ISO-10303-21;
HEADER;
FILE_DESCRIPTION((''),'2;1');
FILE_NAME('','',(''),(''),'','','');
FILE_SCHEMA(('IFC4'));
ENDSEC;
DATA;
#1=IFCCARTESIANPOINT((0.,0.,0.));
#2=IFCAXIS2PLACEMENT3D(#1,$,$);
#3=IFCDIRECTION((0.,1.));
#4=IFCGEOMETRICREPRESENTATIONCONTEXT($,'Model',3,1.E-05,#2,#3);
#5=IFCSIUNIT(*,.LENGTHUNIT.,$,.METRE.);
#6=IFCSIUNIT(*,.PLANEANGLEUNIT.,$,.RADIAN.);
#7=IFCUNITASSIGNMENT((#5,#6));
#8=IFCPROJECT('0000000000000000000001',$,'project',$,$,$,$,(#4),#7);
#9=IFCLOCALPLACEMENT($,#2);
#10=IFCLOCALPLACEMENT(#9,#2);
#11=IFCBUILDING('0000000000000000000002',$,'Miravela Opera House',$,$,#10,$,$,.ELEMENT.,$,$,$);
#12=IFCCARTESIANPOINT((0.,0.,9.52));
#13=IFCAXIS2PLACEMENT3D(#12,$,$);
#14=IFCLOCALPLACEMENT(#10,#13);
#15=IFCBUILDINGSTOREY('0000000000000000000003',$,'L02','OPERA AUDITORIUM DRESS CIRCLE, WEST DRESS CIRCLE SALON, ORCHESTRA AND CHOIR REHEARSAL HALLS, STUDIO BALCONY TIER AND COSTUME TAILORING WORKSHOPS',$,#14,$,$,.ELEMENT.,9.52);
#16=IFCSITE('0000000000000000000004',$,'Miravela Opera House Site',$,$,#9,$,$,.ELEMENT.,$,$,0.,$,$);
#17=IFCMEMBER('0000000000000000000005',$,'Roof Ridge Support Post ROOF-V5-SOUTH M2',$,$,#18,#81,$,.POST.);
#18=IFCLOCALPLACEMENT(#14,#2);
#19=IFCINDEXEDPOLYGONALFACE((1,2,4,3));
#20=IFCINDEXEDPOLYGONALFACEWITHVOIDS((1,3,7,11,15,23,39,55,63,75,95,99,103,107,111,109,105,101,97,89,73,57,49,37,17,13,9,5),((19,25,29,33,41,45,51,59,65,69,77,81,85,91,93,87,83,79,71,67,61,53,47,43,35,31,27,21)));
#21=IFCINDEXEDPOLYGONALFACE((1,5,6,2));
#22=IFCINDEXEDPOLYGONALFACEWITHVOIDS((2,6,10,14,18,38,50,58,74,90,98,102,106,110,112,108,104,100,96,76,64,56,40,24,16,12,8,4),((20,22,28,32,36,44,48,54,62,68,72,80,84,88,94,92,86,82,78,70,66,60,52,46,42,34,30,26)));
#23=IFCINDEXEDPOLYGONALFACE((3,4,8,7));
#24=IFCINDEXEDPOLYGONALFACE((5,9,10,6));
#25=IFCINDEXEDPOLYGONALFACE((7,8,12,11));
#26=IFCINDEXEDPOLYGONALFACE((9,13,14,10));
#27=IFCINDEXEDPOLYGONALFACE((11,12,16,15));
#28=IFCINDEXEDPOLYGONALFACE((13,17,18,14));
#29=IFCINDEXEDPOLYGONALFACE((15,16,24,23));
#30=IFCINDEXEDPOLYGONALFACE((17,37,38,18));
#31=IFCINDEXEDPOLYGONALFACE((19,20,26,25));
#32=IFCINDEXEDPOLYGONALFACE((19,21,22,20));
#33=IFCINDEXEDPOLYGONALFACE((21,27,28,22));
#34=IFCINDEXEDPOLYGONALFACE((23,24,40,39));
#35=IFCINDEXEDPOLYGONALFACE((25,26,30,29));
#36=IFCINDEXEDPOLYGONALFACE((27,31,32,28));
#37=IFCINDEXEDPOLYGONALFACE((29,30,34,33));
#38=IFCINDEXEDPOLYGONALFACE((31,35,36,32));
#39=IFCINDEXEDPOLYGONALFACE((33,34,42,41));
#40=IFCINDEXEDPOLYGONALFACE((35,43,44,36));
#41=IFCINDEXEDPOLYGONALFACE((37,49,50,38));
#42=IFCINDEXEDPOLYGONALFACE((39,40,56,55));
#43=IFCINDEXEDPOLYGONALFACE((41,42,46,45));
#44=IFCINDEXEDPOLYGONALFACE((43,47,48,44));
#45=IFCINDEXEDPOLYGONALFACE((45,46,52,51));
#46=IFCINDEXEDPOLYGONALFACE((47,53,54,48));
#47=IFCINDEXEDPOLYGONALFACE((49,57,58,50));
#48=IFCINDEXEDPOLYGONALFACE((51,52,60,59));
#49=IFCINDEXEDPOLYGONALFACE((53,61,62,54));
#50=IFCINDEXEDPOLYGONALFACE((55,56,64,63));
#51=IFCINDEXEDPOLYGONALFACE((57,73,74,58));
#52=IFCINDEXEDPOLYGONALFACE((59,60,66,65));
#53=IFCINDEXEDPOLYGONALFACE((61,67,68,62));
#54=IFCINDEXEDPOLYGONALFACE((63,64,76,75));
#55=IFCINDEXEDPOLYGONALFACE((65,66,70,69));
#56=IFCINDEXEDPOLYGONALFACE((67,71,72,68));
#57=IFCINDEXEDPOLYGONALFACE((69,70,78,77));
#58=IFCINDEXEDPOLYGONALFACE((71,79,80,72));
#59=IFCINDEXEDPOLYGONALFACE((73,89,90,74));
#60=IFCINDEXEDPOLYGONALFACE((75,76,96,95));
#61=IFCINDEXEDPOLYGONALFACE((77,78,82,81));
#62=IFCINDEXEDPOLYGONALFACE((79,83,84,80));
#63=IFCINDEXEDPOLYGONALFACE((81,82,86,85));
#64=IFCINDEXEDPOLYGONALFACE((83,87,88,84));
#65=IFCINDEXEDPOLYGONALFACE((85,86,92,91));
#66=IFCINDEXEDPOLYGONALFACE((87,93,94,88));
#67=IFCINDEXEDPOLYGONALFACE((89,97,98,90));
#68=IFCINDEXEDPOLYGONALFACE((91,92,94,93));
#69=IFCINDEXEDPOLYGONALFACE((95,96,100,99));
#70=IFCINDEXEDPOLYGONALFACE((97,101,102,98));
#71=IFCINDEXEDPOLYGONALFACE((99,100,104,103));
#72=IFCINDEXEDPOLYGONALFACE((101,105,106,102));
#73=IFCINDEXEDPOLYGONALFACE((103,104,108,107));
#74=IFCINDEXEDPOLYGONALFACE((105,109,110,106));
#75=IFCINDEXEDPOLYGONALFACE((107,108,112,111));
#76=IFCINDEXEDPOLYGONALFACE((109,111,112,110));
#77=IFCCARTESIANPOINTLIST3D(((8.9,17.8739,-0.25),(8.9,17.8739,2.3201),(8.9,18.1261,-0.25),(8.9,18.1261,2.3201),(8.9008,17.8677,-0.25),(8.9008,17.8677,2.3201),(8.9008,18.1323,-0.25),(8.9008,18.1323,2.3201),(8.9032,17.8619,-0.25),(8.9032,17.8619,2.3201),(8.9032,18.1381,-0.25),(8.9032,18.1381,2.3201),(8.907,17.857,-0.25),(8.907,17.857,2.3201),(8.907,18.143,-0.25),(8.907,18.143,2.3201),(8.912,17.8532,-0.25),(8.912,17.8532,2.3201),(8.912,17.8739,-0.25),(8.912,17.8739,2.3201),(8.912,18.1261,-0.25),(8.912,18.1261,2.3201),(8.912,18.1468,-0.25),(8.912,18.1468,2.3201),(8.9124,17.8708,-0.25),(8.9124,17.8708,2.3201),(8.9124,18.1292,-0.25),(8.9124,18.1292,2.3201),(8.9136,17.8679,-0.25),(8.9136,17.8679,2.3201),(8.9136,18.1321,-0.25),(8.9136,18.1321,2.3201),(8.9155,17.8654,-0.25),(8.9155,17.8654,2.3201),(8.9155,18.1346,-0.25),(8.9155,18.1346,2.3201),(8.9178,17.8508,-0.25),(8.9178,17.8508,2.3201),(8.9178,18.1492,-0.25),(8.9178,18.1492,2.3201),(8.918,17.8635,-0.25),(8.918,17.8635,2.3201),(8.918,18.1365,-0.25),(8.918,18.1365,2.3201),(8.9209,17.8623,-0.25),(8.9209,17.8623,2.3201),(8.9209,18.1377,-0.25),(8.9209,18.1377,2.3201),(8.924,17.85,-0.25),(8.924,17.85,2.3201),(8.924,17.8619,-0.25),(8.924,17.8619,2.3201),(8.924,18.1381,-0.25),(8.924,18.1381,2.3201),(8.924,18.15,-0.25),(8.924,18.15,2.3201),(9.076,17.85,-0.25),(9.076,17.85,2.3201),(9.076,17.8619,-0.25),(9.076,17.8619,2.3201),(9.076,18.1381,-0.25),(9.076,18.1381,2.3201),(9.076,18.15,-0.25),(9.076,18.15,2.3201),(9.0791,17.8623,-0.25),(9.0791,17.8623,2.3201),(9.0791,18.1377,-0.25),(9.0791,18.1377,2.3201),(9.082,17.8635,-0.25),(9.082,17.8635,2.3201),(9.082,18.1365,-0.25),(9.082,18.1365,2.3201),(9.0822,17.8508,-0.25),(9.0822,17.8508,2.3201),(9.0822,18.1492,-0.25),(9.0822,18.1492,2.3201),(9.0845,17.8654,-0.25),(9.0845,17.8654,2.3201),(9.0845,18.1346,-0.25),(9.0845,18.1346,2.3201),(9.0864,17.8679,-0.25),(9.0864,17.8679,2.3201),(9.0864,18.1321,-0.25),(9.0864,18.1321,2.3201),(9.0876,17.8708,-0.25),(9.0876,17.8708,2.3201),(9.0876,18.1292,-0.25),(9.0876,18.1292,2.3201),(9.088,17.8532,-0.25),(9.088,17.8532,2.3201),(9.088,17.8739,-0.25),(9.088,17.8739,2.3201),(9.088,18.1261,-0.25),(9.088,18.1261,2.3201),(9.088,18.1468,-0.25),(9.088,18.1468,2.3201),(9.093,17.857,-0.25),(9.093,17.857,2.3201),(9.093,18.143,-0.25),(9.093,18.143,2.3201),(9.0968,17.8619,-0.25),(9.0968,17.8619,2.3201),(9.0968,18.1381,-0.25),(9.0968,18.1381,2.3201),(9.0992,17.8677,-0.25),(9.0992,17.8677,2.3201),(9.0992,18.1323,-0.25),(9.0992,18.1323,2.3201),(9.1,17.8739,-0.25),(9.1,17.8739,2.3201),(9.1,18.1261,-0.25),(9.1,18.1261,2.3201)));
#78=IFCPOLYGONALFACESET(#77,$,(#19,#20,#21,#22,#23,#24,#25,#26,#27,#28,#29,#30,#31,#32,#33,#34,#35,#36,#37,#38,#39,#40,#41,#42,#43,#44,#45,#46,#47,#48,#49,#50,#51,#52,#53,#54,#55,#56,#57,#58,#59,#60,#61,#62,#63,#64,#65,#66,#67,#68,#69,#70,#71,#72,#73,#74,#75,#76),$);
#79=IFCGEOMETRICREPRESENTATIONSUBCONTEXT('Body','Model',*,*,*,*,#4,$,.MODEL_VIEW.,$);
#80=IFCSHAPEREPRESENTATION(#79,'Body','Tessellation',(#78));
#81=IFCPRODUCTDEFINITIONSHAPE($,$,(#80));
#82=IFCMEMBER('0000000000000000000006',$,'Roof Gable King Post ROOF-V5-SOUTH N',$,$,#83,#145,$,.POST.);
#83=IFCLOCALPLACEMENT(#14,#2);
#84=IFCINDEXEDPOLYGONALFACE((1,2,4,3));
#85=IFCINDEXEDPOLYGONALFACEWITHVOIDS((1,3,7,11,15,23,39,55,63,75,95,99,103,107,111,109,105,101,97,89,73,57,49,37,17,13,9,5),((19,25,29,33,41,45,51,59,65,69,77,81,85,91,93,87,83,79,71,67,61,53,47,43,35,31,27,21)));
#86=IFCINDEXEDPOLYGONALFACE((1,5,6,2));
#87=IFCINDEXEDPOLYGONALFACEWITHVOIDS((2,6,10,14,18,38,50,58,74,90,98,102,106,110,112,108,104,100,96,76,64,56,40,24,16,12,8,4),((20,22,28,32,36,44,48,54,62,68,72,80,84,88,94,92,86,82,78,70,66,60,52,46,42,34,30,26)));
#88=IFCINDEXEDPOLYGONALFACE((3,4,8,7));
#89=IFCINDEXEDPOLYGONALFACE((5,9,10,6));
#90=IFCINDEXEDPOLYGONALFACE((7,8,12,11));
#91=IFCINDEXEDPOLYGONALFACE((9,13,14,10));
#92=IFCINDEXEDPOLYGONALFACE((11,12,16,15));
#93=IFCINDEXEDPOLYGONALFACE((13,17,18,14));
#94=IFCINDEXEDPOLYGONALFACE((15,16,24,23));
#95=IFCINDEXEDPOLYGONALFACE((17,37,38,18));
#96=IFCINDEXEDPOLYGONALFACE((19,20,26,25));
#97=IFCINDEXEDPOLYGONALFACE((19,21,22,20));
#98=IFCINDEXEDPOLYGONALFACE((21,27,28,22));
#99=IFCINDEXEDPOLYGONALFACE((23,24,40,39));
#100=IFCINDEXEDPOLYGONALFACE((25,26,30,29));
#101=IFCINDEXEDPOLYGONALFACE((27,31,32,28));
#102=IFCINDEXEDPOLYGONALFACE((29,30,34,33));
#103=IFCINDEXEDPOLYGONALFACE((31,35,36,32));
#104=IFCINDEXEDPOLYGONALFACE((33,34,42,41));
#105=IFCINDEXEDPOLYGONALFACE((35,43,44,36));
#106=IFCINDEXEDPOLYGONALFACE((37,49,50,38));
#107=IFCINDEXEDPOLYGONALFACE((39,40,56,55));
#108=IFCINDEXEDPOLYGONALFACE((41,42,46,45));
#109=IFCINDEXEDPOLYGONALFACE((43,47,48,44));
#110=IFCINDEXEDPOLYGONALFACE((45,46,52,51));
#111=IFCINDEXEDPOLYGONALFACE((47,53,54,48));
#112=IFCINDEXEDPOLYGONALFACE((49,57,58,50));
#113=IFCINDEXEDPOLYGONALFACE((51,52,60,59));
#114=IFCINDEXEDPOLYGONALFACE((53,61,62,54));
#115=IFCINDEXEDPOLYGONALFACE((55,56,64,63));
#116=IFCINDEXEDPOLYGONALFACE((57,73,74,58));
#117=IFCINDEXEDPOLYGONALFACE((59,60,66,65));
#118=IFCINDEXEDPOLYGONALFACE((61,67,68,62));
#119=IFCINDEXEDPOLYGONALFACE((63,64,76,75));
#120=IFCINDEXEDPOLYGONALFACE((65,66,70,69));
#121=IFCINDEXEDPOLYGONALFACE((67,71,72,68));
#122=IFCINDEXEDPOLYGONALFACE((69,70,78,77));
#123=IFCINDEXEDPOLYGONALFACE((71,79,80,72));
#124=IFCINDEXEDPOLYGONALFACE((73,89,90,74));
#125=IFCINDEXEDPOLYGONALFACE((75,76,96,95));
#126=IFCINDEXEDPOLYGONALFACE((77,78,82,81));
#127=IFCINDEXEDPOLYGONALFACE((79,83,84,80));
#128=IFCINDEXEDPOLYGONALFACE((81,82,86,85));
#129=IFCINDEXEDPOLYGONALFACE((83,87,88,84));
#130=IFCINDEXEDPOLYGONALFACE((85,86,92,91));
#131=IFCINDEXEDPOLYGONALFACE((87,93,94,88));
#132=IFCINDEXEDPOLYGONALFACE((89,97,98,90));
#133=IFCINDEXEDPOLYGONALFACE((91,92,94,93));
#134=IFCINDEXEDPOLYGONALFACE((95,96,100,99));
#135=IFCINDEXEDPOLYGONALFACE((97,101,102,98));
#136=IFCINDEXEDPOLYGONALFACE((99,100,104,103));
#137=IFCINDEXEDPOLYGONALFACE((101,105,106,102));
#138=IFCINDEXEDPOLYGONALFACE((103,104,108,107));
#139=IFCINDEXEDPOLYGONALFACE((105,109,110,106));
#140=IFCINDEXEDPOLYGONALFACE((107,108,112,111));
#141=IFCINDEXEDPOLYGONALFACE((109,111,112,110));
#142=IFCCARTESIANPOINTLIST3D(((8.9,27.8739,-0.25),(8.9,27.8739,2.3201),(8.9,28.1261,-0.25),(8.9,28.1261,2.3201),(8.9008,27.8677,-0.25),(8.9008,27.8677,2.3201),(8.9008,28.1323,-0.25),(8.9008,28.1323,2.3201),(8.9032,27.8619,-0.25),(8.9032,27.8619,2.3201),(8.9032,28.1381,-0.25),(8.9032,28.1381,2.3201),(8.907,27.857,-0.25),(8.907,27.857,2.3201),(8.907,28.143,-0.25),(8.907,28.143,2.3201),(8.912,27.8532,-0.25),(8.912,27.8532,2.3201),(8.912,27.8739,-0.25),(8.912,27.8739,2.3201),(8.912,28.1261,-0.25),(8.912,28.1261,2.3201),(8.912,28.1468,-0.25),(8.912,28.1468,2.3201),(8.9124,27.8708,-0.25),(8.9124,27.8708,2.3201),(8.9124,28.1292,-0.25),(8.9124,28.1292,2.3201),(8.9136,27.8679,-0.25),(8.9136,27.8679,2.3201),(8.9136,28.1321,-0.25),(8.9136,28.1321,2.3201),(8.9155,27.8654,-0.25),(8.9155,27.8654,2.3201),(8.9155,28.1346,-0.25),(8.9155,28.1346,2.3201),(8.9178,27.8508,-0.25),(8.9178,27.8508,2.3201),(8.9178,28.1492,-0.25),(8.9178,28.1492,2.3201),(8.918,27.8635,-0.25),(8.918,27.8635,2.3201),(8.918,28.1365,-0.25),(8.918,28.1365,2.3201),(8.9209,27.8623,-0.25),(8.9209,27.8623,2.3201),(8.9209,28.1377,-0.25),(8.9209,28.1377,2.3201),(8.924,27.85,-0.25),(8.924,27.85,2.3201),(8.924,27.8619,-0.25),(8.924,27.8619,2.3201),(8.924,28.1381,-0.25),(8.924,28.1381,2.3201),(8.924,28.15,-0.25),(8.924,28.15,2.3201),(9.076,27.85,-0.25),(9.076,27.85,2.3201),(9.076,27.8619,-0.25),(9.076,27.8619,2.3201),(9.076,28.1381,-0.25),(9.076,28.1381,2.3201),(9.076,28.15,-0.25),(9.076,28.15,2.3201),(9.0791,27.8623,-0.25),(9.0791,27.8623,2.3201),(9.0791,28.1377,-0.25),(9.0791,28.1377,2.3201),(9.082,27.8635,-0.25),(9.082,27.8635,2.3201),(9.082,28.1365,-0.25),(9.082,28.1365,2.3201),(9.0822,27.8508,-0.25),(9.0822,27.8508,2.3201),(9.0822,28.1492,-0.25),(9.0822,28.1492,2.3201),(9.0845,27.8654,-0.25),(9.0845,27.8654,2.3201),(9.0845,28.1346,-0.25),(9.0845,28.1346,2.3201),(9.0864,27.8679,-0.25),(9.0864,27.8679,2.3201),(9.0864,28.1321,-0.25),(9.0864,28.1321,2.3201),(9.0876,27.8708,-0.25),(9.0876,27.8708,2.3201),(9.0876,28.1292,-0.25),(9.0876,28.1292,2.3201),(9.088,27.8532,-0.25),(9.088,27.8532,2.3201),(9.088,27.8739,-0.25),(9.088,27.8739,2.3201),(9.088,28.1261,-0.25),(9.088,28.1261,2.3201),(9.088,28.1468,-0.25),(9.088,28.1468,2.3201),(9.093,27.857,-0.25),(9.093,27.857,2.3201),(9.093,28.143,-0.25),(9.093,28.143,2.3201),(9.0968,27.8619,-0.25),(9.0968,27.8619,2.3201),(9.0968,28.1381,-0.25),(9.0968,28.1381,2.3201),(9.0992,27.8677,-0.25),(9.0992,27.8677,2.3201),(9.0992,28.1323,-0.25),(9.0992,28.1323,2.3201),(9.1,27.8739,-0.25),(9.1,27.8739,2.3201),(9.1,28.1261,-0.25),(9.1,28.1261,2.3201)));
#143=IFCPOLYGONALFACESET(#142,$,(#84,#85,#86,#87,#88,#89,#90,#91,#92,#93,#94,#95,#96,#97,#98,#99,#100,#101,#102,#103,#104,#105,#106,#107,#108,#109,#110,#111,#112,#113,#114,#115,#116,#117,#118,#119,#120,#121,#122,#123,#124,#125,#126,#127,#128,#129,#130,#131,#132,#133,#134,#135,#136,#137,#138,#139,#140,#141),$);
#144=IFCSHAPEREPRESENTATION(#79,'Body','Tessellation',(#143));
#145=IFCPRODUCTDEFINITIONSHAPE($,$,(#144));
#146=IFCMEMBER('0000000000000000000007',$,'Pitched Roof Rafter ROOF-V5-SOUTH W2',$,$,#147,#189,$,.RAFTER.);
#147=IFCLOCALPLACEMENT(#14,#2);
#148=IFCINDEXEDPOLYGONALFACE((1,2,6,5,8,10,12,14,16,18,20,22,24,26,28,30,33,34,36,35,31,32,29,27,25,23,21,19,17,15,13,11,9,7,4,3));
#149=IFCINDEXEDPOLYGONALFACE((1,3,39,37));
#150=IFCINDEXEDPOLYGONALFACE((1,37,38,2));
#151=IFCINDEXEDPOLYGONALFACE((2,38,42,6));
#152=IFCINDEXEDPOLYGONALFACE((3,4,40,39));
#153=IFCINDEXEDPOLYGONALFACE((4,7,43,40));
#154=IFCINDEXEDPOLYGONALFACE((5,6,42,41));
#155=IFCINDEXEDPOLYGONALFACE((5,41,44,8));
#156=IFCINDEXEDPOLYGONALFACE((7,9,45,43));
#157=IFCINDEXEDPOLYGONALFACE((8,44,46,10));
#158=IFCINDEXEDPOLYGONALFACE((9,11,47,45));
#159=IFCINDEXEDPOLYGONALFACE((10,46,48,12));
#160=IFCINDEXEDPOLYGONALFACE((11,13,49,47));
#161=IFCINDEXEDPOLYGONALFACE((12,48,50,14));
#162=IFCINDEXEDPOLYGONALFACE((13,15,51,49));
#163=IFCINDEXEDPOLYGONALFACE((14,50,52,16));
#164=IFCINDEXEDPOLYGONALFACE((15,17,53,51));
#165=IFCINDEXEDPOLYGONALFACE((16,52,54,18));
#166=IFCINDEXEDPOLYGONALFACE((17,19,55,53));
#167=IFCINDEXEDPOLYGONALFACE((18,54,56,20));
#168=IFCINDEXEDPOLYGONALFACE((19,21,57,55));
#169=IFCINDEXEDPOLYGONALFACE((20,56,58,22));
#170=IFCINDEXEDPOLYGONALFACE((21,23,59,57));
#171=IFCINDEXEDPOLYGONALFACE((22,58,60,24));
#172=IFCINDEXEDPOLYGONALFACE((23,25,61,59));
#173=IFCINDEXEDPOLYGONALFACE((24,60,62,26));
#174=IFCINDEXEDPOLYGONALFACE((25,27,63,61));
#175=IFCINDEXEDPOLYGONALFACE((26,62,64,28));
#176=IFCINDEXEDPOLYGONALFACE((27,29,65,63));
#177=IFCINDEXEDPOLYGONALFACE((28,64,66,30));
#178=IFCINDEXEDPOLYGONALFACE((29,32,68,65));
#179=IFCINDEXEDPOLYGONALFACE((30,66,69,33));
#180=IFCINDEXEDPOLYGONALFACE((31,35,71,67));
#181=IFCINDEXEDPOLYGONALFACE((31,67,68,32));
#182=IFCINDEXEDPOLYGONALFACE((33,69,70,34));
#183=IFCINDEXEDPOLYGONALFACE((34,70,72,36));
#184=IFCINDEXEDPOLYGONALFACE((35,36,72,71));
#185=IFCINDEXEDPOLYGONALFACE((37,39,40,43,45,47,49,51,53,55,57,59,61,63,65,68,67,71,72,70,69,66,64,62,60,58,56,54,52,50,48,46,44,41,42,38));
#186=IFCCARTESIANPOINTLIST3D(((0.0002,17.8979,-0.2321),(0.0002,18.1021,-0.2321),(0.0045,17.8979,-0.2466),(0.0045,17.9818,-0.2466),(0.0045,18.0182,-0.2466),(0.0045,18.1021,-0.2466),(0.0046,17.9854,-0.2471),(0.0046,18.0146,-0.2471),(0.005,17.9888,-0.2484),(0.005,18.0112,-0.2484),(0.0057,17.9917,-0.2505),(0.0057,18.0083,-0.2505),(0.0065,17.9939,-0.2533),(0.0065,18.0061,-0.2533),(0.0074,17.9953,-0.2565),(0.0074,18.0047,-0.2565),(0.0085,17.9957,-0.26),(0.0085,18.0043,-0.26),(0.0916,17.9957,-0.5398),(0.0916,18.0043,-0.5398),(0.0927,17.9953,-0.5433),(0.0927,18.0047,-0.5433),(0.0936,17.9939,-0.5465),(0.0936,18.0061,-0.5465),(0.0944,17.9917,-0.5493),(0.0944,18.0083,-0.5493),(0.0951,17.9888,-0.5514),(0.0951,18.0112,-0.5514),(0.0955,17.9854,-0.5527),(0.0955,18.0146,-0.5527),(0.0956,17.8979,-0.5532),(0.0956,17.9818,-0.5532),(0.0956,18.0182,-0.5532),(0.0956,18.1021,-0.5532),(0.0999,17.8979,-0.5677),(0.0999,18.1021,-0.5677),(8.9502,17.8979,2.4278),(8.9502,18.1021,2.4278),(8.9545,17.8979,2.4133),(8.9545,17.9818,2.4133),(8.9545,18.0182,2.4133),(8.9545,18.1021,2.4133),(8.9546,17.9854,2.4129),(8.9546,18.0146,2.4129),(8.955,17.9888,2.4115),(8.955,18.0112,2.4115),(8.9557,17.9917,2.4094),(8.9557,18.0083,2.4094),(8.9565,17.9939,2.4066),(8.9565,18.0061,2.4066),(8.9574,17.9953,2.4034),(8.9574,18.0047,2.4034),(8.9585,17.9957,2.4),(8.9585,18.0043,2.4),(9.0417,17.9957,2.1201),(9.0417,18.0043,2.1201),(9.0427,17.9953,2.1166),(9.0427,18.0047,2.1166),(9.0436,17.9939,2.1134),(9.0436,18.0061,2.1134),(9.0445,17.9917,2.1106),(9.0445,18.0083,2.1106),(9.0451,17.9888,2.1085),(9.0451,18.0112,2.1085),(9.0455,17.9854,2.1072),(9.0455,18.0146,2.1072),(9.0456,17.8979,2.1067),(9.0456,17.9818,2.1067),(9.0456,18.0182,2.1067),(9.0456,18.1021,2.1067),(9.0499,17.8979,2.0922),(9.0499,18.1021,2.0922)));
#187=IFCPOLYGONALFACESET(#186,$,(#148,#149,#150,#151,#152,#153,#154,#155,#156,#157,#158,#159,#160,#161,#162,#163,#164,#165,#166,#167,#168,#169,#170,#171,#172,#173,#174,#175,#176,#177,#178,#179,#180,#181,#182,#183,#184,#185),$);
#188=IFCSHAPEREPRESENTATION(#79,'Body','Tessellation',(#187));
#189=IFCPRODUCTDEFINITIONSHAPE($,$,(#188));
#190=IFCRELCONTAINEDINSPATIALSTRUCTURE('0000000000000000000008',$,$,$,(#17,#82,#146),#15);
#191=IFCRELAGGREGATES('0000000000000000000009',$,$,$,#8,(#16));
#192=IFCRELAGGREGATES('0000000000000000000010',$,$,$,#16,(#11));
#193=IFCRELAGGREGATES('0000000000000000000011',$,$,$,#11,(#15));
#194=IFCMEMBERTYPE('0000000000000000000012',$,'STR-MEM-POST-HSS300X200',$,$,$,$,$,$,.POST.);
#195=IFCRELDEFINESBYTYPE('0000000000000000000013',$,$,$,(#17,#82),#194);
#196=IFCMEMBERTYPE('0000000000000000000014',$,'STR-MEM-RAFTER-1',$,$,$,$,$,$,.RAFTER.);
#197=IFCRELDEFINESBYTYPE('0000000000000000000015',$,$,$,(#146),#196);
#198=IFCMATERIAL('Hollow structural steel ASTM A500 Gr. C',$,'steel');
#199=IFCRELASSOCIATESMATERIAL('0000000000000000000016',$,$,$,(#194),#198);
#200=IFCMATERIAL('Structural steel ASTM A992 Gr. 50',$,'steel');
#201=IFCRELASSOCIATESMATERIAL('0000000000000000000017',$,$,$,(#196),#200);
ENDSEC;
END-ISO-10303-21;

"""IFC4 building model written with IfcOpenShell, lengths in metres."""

from ifc_helpers import new_model, si_unit, direction, frame, origin, origin_2d, place, context, subcontext, project, spatial, hollow_rectangle, i_section, extrude, material, material_profile, profile_set, type_object, element, save


model = new_model("IFC4")

# Units and contexts
model_context = context("Model", 3, precision=1e-05, world=origin(), true_north=direction((0.0, 1.0)))
body_context = subcontext(model_context, "Body", "Model", "MODEL_VIEW")
ifc_project = project(units=[si_unit("LENGTHUNIT", "METRE"), si_unit("PLANEANGLEUNIT", "RADIAN")], contexts=[model_context])

# Site, building, storey
site_placement = place(None, origin())
site = spatial("IfcSite", under=ifc_project, at=site_placement, Name="Miravela Opera House Site", CompositionType="ELEMENT", RefElevation=0.0)
building_placement = place(site_placement, origin())
building = spatial("IfcBuilding", under=site, at=building_placement, Name="Miravela Opera House", CompositionType="ELEMENT")
storey_placement = place(building_placement, frame((0.0, 0.0, 9.52)))
storey = spatial("IfcBuildingStorey", under=building, at=storey_placement, Name="L02", Description="OPERA AUDITORIUM DRESS CIRCLE, WEST DRESS CIRCLE SALON, ORCHESTRA AND CHOIR REHEARSAL HALLS, STUDIO BALCONY TIER AND COSTUME TAILORING WORKSHOPS", CompositionType="ELEMENT", Elevation=9.52)

# Shared definitions
ifc_material_1 = material(Name="Structural steel ASTM A992 Gr. 50", Category="steel")

# Members
ifc_material_2 = material(Name="Hollow structural steel ASTM A500 Gr. C", Category="steel")
ifc_material_profile_1 = material_profile(ifc_material_2, hollow_rectangle(XDim=0.2, YDim=0.3, WallThickness=0.012, InnerFilletRadius=0.012, OuterFilletRadius=0.0239, at=origin_2d()), Name="HSS300X200X12")
ifc_profile_set_1 = profile_set([ifc_material_profile_1])
member_type_1 = type_object("IfcMemberType", Name="STR-MEM-POST-HSS300X200", PredefinedType="POST", material=ifc_profile_set_1)
for number, where, z_axis, x_axis, name in (
    (1, (9.0, 18.0, -0.25), (0.0, 0.0, 1.0), (1.0, 0.0, 0.0), "Roof Ridge Support Post ROOF-V5-SOUTH M2"),
    (2, (9.0, 28.0, -0.25), (0.0, 0.0, 1.0), (1.0, 0.0, 0.0), "Roof Gable King Post ROOF-V5-SOUTH N"),
):
    element("IfcMember", number, at=place(storey_placement, frame(where, z_axis=z_axis, x_axis=x_axis)), inside=storey, type_object=member_type_1, Name=name, PredefinedType="POST", context=body_context, shape_type="SweptSolid", body=[
        extrude(hollow_rectangle(XDim=0.2, YDim=0.3, WallThickness=0.012, InnerFilletRadius=0.012, OuterFilletRadius=0.0239, at=origin_2d()), origin(), (0.0, 0.0, 1.0), 2.5701),
    ])
ifc_material_profile_2 = material_profile(ifc_material_1, i_section(OverallWidth=0.2041, OverallDepth=0.3501, WebThickness=0.0085, FlangeThickness=0.0151, FilletRadius=0.0139, at=origin_2d()), Name="W360X72")
ifc_profile_set_2 = profile_set([ifc_material_profile_2])
member_type_2 = type_object("IfcMemberType", Name="STR-MEM-RAFTER-1", PredefinedType="RAFTER", material=ifc_profile_set_2)
for number, where, z_axis, x_axis, name in (
    (3, (0.05, 18.0, -0.3999), (0.958562, 0.0, 0.284883), (0.0, 1.0, 0.0), "Pitched Roof Rafter ROOF-V5-SOUTH W2"),
):
    element("IfcMember", number, at=place(storey_placement, frame(where, z_axis=z_axis, x_axis=x_axis)), inside=storey, type_object=member_type_2, Name=name, PredefinedType="RAFTER", context=body_context, shape_type="SweptSolid", body=[
        extrude(i_section(OverallWidth=0.2041, OverallDepth=0.3501, WebThickness=0.0085, FlangeThickness=0.0151, FilletRadius=0.0139, at=origin_2d()), origin(), (0.0, 0.0, 1.0), 9.3369),
    ])

save(model, "model.ifc")
